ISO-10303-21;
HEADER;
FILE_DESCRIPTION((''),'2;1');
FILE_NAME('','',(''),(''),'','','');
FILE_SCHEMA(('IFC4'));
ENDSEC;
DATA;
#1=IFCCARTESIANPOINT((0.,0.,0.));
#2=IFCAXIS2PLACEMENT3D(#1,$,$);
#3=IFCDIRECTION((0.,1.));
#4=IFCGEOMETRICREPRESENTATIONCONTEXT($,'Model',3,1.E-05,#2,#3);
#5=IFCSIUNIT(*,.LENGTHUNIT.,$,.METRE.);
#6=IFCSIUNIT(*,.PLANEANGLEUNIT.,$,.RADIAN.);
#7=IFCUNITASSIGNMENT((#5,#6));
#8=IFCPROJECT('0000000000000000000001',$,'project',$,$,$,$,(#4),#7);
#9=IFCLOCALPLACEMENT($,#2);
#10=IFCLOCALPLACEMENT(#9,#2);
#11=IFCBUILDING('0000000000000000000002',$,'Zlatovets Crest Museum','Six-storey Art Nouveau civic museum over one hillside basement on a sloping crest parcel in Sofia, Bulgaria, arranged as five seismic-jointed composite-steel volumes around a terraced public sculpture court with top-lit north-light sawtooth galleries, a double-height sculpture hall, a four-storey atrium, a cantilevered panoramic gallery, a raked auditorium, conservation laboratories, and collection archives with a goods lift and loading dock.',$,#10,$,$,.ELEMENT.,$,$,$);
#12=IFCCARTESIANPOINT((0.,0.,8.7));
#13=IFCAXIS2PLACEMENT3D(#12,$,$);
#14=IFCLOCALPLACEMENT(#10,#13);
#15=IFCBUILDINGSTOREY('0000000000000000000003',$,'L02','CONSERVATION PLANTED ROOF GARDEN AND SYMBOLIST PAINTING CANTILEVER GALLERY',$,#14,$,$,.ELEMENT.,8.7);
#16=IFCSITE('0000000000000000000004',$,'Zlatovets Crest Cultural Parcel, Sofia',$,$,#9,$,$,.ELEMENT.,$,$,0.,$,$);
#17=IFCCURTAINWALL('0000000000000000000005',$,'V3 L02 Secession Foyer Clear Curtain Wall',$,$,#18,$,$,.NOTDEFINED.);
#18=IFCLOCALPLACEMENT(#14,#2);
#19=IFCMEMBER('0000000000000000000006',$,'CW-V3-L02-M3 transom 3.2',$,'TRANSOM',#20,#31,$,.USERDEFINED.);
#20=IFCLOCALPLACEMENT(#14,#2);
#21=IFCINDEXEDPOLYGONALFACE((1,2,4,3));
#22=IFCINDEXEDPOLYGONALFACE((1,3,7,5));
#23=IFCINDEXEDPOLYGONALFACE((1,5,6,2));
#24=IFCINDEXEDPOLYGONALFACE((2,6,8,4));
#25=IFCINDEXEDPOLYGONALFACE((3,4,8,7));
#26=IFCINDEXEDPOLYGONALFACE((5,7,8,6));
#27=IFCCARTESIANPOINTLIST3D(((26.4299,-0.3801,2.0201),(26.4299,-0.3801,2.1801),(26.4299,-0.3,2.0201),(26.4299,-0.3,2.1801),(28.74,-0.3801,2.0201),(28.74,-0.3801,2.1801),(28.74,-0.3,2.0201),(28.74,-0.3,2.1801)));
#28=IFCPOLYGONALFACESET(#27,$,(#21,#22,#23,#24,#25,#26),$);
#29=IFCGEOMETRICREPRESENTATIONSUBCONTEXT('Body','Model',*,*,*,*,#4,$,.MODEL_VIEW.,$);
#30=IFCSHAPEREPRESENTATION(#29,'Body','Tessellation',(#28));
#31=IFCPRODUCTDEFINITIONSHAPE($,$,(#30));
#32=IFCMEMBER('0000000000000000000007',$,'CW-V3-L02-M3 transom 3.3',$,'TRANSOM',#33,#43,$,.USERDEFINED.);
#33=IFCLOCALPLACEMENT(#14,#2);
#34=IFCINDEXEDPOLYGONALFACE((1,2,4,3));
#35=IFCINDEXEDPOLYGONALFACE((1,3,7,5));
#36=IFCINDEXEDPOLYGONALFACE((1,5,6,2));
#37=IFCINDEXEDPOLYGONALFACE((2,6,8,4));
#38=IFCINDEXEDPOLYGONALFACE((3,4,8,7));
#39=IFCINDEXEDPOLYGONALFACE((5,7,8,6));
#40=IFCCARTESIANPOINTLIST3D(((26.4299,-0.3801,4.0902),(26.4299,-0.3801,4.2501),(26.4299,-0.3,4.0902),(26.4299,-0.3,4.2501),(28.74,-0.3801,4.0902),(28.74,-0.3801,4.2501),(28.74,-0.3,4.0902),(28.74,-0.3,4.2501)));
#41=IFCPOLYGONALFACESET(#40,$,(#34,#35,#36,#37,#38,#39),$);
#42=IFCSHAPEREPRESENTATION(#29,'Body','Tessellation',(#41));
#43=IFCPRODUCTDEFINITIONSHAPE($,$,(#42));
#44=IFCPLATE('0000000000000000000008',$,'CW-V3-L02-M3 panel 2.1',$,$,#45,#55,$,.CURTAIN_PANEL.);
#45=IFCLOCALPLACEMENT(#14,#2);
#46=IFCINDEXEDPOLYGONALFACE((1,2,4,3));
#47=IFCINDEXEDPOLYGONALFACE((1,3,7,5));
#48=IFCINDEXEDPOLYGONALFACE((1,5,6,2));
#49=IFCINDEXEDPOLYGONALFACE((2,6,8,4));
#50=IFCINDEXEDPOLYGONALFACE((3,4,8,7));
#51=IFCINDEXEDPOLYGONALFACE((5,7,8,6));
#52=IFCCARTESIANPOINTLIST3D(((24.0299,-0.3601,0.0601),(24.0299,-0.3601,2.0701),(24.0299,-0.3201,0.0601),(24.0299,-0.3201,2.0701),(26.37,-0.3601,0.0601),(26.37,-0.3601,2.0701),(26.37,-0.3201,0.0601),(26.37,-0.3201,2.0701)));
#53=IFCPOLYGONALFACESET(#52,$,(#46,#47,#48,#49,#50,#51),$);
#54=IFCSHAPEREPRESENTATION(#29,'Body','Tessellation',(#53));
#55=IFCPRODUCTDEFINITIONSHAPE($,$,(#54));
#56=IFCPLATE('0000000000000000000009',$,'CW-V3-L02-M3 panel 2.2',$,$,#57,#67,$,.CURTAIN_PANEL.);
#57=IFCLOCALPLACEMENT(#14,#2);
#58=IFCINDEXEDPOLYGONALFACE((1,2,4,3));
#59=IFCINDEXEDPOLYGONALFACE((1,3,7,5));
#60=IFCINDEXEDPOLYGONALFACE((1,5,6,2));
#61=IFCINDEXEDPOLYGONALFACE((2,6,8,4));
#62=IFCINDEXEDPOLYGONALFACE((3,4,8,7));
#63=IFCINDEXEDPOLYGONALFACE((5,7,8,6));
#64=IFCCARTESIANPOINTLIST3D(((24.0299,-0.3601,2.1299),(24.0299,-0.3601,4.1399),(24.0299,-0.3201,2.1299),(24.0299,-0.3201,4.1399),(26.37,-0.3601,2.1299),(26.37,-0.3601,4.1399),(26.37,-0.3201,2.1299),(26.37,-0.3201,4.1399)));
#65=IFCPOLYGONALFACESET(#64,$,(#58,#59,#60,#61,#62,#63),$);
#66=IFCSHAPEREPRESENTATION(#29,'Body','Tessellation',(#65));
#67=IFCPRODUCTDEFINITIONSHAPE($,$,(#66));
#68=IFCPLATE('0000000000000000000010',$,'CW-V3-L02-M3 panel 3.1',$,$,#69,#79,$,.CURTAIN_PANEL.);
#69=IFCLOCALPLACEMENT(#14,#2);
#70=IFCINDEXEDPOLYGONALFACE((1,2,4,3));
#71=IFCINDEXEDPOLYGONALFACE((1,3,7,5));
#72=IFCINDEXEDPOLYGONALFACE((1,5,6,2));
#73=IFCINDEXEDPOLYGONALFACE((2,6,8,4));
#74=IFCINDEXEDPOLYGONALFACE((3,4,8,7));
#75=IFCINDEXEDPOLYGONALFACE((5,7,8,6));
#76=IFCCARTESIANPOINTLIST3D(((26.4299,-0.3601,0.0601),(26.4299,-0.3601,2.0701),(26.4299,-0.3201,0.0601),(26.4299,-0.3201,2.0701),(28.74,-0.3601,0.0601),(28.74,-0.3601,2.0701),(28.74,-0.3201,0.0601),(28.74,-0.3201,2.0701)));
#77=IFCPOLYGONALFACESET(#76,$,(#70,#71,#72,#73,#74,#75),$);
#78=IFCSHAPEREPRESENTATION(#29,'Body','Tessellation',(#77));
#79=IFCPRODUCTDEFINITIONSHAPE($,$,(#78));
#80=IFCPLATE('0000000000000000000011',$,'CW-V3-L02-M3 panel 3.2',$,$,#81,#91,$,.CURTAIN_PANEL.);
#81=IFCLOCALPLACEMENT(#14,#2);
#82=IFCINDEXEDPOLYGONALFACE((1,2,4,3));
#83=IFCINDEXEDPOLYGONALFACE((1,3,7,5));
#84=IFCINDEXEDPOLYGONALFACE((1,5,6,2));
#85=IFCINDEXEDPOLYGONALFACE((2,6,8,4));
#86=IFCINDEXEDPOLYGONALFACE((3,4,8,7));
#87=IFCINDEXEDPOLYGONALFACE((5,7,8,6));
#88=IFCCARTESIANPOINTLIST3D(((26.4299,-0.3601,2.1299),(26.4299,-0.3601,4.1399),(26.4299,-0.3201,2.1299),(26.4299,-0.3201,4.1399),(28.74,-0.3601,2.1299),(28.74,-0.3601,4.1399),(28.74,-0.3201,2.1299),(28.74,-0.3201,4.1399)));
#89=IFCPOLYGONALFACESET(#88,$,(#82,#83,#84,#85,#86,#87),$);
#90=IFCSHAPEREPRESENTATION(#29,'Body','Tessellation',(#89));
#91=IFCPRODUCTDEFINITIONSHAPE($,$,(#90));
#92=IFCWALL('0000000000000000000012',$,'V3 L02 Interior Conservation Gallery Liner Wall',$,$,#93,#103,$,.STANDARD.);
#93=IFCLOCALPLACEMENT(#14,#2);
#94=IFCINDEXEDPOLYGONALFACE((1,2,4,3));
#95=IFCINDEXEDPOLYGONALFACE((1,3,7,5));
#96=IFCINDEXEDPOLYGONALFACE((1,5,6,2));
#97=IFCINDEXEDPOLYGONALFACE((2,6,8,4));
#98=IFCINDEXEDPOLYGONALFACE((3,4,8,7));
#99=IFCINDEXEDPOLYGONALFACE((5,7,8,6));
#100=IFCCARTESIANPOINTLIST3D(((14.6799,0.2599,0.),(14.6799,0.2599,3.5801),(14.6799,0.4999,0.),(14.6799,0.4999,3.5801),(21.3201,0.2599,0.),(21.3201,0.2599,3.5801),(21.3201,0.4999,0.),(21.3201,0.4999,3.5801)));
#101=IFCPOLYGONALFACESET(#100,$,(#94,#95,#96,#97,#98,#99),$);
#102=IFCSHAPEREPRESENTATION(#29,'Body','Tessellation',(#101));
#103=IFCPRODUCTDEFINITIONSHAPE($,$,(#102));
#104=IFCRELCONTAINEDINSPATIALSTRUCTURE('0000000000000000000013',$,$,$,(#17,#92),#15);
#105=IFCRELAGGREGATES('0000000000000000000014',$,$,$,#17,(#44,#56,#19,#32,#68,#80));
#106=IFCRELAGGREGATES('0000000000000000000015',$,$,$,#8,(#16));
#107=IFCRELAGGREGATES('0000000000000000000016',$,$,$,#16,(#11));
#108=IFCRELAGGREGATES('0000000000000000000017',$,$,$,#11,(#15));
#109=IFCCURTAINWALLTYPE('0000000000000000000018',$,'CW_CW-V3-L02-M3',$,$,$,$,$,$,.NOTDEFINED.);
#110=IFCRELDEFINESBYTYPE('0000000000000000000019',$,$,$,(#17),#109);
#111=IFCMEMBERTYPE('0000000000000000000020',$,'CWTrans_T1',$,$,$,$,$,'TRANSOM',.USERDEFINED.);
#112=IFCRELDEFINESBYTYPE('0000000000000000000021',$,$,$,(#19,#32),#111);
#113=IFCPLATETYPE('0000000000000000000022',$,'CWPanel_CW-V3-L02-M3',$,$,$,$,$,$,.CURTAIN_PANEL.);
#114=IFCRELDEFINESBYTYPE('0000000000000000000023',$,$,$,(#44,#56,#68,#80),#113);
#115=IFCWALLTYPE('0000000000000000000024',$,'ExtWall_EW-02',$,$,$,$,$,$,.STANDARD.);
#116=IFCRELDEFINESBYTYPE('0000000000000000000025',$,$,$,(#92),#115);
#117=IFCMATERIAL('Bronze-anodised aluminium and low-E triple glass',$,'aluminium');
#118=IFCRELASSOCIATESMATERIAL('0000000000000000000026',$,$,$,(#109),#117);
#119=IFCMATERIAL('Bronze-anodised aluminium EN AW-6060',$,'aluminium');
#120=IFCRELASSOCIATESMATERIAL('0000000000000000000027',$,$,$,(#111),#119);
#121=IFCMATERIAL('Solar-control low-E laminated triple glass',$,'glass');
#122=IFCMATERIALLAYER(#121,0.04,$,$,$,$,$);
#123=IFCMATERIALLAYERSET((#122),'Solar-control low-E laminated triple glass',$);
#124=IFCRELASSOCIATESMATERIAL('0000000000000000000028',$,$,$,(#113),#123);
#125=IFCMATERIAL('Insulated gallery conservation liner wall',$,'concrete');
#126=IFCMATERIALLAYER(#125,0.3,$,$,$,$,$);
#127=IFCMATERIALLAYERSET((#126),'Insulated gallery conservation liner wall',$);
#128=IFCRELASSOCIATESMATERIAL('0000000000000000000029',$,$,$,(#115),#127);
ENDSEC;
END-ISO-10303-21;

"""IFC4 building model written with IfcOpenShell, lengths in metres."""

from ifc_helpers import new_model, si_unit, direction, frame, frame_2d, origin, origin_2d, place, context, subcontext, project, spatial, rectangle, extrude, material, layer, layer_set, material_profile, profile_set, type_object, element, aggregate, save


model = new_model("IFC4")

# Units and contexts
model_context = context("Model", 3, precision=1e-05, world=origin(), true_north=direction((0.0, 1.0)))
body_context = subcontext(model_context, "Body", "Model", "MODEL_VIEW")
ifc_project = project(units=[si_unit("LENGTHUNIT", "METRE"), si_unit("PLANEANGLEUNIT", "RADIAN")], contexts=[model_context])

# Site, building, storey
site_placement = place(None, origin())
site = spatial("IfcSite", under=ifc_project, at=site_placement, Name="Zlatovets Crest Cultural Parcel, Sofia", CompositionType="ELEMENT", RefElevation=0.0)
building_placement = place(site_placement, origin())
building = spatial("IfcBuilding", under=site, at=building_placement, Name="Zlatovets Crest Museum", Description="Six-storey Art Nouveau civic museum over one hillside basement on a sloping crest parcel in Sofia, Bulgaria, arranged as five seismic-jointed composite-steel volumes around a terraced public sculpture court with top-lit north-light sawtooth galleries, a double-height sculpture hall, a four-storey atrium, a cantilevered panoramic gallery, a raked auditorium, conservation laboratories, and collection archives with a goods lift and loading dock.", CompositionType="ELEMENT")
storey_placement = place(building_placement, frame((0.0, 0.0, 8.7)))
storey = spatial("IfcBuildingStorey", under=building, at=storey_placement, Name="L02", Description="CONSERVATION PLANTED ROOF GARDEN AND SYMBOLIST PAINTING CANTILEVER GALLERY", CompositionType="ELEMENT", Elevation=8.7)

# Curtain wall, members, plates
ifc_material_1 = material(Name="Bronze-anodised aluminium and low-E triple glass", Category="aluminium")
curtain_wall_type = type_object("IfcCurtainWallType", Name="CW_CW-V3-L02-M3", PredefinedType="NOTDEFINED", material=ifc_material_1)
curtain_wall_placement = place(storey_placement, origin())
curtain_wall = element("IfcCurtainWall", 1, at=curtain_wall_placement, inside=storey, type_object=curtain_wall_type, Name="V3 L02 Secession Foyer Clear Curtain Wall", PredefinedType="NOTDEFINED")
ifc_material_2 = material(Name="Bronze-anodised aluminium EN AW-6060", Category="aluminium")
ifc_material_profile_1 = material_profile(ifc_material_2, rectangle(XDim=0.0801, YDim=0.1599, at=origin_2d()), Name="ALU 80x160")
ifc_profile_set_1 = profile_set([ifc_material_profile_1], Name="Bronze-anodised aluminium EN AW-6060")
member_type_1 = type_object("IfcMemberType", Name="CWTrans_T1", ElementType="TRANSOM", PredefinedType="USERDEFINED", material=ifc_profile_set_1)
member_1_placement = place(storey_placement, frame((26.4299, -0.3401, 2.1001), z_axis=(1.0, 0.0, 0.0), x_axis=(0.0, 1.0, 0.0)))
member_1 = element("IfcMember", 2, at=member_1_placement, type_object=member_type_1, Name="CW-V3-L02-M3 transom 3.2", ObjectType="TRANSOM", PredefinedType="USERDEFINED", context=body_context, shape_type="SweptSolid", body=[
    extrude(rectangle(XDim=0.0801, YDim=0.1599, at=origin_2d()), origin(), (0.0, 0.0, 1.0), 2.3101),
])
member_2_placement = place(storey_placement, frame((26.4299, -0.3401, 4.1702), z_axis=(1.0, 0.0, 0.0), x_axis=(0.0, 1.0, 0.0)))
member_2 = element("IfcMember", 3, at=member_2_placement, type_object=member_type_1, Name="CW-V3-L02-M3 transom 3.3", ObjectType="TRANSOM", PredefinedType="USERDEFINED", context=body_context, shape_type="SweptSolid", body=[
    extrude(rectangle(XDim=0.0801, YDim=0.1599, at=origin_2d()), origin(), (0.0, 0.0, 1.0), 2.3101),
])
ifc_material_3 = material(Name="Solar-control low-E laminated triple glass", Category="glass")
ifc_layer_1 = layer(ifc_material_3, 0.04)
ifc_layer_set_1 = layer_set([ifc_layer_1], Name="Solar-control low-E laminated triple glass")
plate_type = type_object("IfcPlateType", Name="CWPanel_CW-V3-L02-M3", PredefinedType="CURTAIN_PANEL", material=ifc_layer_set_1)
plate_1_placement = place(storey_placement, frame((25.2, -0.3401, 0.0601), z_axis=(0.0, 0.0, 1.0), x_axis=(1.0, 0.0, 0.0)))
plate_1 = element("IfcPlate", 4, at=plate_1_placement, type_object=plate_type, Name="CW-V3-L02-M3 panel 2.1", PredefinedType="CURTAIN_PANEL", context=body_context, shape_type="SweptSolid", body=[
    extrude(rectangle(XDim=2.3401, YDim=0.04, at=origin_2d()), origin(), (0.0, 0.0, 1.0), 2.01),
])
plate_2_placement = place(storey_placement, frame((25.2, -0.3401, 2.1299), z_axis=(0.0, 0.0, 1.0), x_axis=(1.0, 0.0, 0.0)))
plate_2 = element("IfcPlate", 5, at=plate_2_placement, type_object=plate_type, Name="CW-V3-L02-M3 panel 2.2", PredefinedType="CURTAIN_PANEL", context=body_context, shape_type="SweptSolid", body=[
    extrude(rectangle(XDim=2.3401, YDim=0.04, at=origin_2d()), origin(), (0.0, 0.0, 1.0), 2.01),
])
plate_3_placement = place(storey_placement, frame((27.585, -0.3401, 0.0601), z_axis=(0.0, 0.0, 1.0), x_axis=(1.0, 0.0, 0.0)))
plate_3 = element("IfcPlate", 6, at=plate_3_placement, type_object=plate_type, Name="CW-V3-L02-M3 panel 3.1", PredefinedType="CURTAIN_PANEL", context=body_context, shape_type="SweptSolid", body=[
    extrude(rectangle(XDim=2.3101, YDim=0.04, at=origin_2d()), origin(), (0.0, 0.0, 1.0), 2.01),
])
plate_4_placement = place(storey_placement, frame((27.585, -0.3401, 2.1299), z_axis=(0.0, 0.0, 1.0), x_axis=(1.0, 0.0, 0.0)))
plate_4 = element("IfcPlate", 7, at=plate_4_placement, type_object=plate_type, Name="CW-V3-L02-M3 panel 3.2", PredefinedType="CURTAIN_PANEL", context=body_context, shape_type="SweptSolid", body=[
    extrude(rectangle(XDim=2.3101, YDim=0.04, at=origin_2d()), origin(), (0.0, 0.0, 1.0), 2.01),
])
aggregate(curtain_wall, [plate_1, plate_2, member_1, member_2, plate_3, plate_4])

# Wall
ifc_material_4 = material(Name="Insulated gallery conservation liner wall", Category="concrete")
ifc_layer_2 = layer(ifc_material_4, 0.3)
ifc_layer_set_2 = layer_set([ifc_layer_2], Name="Insulated gallery conservation liner wall")
wall_type = type_object("IfcWallType", Name="ExtWall_EW-02", PredefinedType="STANDARD", material=ifc_layer_set_2)
wall_placement = place(storey_placement, frame((14.6799, 0.3799, 0.0), z_axis=(0.0, 0.0, 1.0), x_axis=(1.0, 0.0, 0.0)))
element("IfcWall", 8, at=wall_placement, inside=storey, type_object=wall_type, Name="V3 L02 Interior Conservation Gallery Liner Wall", PredefinedType="STANDARD", context=body_context, shape_type="SweptSolid", body=[
    extrude(rectangle(XDim=6.6401, YDim=0.24, at=frame_2d((3.3201, 0.0))), origin(), (0.0, 0.0, 1.0), 3.5801),
])

save(model, "model.ifc")
